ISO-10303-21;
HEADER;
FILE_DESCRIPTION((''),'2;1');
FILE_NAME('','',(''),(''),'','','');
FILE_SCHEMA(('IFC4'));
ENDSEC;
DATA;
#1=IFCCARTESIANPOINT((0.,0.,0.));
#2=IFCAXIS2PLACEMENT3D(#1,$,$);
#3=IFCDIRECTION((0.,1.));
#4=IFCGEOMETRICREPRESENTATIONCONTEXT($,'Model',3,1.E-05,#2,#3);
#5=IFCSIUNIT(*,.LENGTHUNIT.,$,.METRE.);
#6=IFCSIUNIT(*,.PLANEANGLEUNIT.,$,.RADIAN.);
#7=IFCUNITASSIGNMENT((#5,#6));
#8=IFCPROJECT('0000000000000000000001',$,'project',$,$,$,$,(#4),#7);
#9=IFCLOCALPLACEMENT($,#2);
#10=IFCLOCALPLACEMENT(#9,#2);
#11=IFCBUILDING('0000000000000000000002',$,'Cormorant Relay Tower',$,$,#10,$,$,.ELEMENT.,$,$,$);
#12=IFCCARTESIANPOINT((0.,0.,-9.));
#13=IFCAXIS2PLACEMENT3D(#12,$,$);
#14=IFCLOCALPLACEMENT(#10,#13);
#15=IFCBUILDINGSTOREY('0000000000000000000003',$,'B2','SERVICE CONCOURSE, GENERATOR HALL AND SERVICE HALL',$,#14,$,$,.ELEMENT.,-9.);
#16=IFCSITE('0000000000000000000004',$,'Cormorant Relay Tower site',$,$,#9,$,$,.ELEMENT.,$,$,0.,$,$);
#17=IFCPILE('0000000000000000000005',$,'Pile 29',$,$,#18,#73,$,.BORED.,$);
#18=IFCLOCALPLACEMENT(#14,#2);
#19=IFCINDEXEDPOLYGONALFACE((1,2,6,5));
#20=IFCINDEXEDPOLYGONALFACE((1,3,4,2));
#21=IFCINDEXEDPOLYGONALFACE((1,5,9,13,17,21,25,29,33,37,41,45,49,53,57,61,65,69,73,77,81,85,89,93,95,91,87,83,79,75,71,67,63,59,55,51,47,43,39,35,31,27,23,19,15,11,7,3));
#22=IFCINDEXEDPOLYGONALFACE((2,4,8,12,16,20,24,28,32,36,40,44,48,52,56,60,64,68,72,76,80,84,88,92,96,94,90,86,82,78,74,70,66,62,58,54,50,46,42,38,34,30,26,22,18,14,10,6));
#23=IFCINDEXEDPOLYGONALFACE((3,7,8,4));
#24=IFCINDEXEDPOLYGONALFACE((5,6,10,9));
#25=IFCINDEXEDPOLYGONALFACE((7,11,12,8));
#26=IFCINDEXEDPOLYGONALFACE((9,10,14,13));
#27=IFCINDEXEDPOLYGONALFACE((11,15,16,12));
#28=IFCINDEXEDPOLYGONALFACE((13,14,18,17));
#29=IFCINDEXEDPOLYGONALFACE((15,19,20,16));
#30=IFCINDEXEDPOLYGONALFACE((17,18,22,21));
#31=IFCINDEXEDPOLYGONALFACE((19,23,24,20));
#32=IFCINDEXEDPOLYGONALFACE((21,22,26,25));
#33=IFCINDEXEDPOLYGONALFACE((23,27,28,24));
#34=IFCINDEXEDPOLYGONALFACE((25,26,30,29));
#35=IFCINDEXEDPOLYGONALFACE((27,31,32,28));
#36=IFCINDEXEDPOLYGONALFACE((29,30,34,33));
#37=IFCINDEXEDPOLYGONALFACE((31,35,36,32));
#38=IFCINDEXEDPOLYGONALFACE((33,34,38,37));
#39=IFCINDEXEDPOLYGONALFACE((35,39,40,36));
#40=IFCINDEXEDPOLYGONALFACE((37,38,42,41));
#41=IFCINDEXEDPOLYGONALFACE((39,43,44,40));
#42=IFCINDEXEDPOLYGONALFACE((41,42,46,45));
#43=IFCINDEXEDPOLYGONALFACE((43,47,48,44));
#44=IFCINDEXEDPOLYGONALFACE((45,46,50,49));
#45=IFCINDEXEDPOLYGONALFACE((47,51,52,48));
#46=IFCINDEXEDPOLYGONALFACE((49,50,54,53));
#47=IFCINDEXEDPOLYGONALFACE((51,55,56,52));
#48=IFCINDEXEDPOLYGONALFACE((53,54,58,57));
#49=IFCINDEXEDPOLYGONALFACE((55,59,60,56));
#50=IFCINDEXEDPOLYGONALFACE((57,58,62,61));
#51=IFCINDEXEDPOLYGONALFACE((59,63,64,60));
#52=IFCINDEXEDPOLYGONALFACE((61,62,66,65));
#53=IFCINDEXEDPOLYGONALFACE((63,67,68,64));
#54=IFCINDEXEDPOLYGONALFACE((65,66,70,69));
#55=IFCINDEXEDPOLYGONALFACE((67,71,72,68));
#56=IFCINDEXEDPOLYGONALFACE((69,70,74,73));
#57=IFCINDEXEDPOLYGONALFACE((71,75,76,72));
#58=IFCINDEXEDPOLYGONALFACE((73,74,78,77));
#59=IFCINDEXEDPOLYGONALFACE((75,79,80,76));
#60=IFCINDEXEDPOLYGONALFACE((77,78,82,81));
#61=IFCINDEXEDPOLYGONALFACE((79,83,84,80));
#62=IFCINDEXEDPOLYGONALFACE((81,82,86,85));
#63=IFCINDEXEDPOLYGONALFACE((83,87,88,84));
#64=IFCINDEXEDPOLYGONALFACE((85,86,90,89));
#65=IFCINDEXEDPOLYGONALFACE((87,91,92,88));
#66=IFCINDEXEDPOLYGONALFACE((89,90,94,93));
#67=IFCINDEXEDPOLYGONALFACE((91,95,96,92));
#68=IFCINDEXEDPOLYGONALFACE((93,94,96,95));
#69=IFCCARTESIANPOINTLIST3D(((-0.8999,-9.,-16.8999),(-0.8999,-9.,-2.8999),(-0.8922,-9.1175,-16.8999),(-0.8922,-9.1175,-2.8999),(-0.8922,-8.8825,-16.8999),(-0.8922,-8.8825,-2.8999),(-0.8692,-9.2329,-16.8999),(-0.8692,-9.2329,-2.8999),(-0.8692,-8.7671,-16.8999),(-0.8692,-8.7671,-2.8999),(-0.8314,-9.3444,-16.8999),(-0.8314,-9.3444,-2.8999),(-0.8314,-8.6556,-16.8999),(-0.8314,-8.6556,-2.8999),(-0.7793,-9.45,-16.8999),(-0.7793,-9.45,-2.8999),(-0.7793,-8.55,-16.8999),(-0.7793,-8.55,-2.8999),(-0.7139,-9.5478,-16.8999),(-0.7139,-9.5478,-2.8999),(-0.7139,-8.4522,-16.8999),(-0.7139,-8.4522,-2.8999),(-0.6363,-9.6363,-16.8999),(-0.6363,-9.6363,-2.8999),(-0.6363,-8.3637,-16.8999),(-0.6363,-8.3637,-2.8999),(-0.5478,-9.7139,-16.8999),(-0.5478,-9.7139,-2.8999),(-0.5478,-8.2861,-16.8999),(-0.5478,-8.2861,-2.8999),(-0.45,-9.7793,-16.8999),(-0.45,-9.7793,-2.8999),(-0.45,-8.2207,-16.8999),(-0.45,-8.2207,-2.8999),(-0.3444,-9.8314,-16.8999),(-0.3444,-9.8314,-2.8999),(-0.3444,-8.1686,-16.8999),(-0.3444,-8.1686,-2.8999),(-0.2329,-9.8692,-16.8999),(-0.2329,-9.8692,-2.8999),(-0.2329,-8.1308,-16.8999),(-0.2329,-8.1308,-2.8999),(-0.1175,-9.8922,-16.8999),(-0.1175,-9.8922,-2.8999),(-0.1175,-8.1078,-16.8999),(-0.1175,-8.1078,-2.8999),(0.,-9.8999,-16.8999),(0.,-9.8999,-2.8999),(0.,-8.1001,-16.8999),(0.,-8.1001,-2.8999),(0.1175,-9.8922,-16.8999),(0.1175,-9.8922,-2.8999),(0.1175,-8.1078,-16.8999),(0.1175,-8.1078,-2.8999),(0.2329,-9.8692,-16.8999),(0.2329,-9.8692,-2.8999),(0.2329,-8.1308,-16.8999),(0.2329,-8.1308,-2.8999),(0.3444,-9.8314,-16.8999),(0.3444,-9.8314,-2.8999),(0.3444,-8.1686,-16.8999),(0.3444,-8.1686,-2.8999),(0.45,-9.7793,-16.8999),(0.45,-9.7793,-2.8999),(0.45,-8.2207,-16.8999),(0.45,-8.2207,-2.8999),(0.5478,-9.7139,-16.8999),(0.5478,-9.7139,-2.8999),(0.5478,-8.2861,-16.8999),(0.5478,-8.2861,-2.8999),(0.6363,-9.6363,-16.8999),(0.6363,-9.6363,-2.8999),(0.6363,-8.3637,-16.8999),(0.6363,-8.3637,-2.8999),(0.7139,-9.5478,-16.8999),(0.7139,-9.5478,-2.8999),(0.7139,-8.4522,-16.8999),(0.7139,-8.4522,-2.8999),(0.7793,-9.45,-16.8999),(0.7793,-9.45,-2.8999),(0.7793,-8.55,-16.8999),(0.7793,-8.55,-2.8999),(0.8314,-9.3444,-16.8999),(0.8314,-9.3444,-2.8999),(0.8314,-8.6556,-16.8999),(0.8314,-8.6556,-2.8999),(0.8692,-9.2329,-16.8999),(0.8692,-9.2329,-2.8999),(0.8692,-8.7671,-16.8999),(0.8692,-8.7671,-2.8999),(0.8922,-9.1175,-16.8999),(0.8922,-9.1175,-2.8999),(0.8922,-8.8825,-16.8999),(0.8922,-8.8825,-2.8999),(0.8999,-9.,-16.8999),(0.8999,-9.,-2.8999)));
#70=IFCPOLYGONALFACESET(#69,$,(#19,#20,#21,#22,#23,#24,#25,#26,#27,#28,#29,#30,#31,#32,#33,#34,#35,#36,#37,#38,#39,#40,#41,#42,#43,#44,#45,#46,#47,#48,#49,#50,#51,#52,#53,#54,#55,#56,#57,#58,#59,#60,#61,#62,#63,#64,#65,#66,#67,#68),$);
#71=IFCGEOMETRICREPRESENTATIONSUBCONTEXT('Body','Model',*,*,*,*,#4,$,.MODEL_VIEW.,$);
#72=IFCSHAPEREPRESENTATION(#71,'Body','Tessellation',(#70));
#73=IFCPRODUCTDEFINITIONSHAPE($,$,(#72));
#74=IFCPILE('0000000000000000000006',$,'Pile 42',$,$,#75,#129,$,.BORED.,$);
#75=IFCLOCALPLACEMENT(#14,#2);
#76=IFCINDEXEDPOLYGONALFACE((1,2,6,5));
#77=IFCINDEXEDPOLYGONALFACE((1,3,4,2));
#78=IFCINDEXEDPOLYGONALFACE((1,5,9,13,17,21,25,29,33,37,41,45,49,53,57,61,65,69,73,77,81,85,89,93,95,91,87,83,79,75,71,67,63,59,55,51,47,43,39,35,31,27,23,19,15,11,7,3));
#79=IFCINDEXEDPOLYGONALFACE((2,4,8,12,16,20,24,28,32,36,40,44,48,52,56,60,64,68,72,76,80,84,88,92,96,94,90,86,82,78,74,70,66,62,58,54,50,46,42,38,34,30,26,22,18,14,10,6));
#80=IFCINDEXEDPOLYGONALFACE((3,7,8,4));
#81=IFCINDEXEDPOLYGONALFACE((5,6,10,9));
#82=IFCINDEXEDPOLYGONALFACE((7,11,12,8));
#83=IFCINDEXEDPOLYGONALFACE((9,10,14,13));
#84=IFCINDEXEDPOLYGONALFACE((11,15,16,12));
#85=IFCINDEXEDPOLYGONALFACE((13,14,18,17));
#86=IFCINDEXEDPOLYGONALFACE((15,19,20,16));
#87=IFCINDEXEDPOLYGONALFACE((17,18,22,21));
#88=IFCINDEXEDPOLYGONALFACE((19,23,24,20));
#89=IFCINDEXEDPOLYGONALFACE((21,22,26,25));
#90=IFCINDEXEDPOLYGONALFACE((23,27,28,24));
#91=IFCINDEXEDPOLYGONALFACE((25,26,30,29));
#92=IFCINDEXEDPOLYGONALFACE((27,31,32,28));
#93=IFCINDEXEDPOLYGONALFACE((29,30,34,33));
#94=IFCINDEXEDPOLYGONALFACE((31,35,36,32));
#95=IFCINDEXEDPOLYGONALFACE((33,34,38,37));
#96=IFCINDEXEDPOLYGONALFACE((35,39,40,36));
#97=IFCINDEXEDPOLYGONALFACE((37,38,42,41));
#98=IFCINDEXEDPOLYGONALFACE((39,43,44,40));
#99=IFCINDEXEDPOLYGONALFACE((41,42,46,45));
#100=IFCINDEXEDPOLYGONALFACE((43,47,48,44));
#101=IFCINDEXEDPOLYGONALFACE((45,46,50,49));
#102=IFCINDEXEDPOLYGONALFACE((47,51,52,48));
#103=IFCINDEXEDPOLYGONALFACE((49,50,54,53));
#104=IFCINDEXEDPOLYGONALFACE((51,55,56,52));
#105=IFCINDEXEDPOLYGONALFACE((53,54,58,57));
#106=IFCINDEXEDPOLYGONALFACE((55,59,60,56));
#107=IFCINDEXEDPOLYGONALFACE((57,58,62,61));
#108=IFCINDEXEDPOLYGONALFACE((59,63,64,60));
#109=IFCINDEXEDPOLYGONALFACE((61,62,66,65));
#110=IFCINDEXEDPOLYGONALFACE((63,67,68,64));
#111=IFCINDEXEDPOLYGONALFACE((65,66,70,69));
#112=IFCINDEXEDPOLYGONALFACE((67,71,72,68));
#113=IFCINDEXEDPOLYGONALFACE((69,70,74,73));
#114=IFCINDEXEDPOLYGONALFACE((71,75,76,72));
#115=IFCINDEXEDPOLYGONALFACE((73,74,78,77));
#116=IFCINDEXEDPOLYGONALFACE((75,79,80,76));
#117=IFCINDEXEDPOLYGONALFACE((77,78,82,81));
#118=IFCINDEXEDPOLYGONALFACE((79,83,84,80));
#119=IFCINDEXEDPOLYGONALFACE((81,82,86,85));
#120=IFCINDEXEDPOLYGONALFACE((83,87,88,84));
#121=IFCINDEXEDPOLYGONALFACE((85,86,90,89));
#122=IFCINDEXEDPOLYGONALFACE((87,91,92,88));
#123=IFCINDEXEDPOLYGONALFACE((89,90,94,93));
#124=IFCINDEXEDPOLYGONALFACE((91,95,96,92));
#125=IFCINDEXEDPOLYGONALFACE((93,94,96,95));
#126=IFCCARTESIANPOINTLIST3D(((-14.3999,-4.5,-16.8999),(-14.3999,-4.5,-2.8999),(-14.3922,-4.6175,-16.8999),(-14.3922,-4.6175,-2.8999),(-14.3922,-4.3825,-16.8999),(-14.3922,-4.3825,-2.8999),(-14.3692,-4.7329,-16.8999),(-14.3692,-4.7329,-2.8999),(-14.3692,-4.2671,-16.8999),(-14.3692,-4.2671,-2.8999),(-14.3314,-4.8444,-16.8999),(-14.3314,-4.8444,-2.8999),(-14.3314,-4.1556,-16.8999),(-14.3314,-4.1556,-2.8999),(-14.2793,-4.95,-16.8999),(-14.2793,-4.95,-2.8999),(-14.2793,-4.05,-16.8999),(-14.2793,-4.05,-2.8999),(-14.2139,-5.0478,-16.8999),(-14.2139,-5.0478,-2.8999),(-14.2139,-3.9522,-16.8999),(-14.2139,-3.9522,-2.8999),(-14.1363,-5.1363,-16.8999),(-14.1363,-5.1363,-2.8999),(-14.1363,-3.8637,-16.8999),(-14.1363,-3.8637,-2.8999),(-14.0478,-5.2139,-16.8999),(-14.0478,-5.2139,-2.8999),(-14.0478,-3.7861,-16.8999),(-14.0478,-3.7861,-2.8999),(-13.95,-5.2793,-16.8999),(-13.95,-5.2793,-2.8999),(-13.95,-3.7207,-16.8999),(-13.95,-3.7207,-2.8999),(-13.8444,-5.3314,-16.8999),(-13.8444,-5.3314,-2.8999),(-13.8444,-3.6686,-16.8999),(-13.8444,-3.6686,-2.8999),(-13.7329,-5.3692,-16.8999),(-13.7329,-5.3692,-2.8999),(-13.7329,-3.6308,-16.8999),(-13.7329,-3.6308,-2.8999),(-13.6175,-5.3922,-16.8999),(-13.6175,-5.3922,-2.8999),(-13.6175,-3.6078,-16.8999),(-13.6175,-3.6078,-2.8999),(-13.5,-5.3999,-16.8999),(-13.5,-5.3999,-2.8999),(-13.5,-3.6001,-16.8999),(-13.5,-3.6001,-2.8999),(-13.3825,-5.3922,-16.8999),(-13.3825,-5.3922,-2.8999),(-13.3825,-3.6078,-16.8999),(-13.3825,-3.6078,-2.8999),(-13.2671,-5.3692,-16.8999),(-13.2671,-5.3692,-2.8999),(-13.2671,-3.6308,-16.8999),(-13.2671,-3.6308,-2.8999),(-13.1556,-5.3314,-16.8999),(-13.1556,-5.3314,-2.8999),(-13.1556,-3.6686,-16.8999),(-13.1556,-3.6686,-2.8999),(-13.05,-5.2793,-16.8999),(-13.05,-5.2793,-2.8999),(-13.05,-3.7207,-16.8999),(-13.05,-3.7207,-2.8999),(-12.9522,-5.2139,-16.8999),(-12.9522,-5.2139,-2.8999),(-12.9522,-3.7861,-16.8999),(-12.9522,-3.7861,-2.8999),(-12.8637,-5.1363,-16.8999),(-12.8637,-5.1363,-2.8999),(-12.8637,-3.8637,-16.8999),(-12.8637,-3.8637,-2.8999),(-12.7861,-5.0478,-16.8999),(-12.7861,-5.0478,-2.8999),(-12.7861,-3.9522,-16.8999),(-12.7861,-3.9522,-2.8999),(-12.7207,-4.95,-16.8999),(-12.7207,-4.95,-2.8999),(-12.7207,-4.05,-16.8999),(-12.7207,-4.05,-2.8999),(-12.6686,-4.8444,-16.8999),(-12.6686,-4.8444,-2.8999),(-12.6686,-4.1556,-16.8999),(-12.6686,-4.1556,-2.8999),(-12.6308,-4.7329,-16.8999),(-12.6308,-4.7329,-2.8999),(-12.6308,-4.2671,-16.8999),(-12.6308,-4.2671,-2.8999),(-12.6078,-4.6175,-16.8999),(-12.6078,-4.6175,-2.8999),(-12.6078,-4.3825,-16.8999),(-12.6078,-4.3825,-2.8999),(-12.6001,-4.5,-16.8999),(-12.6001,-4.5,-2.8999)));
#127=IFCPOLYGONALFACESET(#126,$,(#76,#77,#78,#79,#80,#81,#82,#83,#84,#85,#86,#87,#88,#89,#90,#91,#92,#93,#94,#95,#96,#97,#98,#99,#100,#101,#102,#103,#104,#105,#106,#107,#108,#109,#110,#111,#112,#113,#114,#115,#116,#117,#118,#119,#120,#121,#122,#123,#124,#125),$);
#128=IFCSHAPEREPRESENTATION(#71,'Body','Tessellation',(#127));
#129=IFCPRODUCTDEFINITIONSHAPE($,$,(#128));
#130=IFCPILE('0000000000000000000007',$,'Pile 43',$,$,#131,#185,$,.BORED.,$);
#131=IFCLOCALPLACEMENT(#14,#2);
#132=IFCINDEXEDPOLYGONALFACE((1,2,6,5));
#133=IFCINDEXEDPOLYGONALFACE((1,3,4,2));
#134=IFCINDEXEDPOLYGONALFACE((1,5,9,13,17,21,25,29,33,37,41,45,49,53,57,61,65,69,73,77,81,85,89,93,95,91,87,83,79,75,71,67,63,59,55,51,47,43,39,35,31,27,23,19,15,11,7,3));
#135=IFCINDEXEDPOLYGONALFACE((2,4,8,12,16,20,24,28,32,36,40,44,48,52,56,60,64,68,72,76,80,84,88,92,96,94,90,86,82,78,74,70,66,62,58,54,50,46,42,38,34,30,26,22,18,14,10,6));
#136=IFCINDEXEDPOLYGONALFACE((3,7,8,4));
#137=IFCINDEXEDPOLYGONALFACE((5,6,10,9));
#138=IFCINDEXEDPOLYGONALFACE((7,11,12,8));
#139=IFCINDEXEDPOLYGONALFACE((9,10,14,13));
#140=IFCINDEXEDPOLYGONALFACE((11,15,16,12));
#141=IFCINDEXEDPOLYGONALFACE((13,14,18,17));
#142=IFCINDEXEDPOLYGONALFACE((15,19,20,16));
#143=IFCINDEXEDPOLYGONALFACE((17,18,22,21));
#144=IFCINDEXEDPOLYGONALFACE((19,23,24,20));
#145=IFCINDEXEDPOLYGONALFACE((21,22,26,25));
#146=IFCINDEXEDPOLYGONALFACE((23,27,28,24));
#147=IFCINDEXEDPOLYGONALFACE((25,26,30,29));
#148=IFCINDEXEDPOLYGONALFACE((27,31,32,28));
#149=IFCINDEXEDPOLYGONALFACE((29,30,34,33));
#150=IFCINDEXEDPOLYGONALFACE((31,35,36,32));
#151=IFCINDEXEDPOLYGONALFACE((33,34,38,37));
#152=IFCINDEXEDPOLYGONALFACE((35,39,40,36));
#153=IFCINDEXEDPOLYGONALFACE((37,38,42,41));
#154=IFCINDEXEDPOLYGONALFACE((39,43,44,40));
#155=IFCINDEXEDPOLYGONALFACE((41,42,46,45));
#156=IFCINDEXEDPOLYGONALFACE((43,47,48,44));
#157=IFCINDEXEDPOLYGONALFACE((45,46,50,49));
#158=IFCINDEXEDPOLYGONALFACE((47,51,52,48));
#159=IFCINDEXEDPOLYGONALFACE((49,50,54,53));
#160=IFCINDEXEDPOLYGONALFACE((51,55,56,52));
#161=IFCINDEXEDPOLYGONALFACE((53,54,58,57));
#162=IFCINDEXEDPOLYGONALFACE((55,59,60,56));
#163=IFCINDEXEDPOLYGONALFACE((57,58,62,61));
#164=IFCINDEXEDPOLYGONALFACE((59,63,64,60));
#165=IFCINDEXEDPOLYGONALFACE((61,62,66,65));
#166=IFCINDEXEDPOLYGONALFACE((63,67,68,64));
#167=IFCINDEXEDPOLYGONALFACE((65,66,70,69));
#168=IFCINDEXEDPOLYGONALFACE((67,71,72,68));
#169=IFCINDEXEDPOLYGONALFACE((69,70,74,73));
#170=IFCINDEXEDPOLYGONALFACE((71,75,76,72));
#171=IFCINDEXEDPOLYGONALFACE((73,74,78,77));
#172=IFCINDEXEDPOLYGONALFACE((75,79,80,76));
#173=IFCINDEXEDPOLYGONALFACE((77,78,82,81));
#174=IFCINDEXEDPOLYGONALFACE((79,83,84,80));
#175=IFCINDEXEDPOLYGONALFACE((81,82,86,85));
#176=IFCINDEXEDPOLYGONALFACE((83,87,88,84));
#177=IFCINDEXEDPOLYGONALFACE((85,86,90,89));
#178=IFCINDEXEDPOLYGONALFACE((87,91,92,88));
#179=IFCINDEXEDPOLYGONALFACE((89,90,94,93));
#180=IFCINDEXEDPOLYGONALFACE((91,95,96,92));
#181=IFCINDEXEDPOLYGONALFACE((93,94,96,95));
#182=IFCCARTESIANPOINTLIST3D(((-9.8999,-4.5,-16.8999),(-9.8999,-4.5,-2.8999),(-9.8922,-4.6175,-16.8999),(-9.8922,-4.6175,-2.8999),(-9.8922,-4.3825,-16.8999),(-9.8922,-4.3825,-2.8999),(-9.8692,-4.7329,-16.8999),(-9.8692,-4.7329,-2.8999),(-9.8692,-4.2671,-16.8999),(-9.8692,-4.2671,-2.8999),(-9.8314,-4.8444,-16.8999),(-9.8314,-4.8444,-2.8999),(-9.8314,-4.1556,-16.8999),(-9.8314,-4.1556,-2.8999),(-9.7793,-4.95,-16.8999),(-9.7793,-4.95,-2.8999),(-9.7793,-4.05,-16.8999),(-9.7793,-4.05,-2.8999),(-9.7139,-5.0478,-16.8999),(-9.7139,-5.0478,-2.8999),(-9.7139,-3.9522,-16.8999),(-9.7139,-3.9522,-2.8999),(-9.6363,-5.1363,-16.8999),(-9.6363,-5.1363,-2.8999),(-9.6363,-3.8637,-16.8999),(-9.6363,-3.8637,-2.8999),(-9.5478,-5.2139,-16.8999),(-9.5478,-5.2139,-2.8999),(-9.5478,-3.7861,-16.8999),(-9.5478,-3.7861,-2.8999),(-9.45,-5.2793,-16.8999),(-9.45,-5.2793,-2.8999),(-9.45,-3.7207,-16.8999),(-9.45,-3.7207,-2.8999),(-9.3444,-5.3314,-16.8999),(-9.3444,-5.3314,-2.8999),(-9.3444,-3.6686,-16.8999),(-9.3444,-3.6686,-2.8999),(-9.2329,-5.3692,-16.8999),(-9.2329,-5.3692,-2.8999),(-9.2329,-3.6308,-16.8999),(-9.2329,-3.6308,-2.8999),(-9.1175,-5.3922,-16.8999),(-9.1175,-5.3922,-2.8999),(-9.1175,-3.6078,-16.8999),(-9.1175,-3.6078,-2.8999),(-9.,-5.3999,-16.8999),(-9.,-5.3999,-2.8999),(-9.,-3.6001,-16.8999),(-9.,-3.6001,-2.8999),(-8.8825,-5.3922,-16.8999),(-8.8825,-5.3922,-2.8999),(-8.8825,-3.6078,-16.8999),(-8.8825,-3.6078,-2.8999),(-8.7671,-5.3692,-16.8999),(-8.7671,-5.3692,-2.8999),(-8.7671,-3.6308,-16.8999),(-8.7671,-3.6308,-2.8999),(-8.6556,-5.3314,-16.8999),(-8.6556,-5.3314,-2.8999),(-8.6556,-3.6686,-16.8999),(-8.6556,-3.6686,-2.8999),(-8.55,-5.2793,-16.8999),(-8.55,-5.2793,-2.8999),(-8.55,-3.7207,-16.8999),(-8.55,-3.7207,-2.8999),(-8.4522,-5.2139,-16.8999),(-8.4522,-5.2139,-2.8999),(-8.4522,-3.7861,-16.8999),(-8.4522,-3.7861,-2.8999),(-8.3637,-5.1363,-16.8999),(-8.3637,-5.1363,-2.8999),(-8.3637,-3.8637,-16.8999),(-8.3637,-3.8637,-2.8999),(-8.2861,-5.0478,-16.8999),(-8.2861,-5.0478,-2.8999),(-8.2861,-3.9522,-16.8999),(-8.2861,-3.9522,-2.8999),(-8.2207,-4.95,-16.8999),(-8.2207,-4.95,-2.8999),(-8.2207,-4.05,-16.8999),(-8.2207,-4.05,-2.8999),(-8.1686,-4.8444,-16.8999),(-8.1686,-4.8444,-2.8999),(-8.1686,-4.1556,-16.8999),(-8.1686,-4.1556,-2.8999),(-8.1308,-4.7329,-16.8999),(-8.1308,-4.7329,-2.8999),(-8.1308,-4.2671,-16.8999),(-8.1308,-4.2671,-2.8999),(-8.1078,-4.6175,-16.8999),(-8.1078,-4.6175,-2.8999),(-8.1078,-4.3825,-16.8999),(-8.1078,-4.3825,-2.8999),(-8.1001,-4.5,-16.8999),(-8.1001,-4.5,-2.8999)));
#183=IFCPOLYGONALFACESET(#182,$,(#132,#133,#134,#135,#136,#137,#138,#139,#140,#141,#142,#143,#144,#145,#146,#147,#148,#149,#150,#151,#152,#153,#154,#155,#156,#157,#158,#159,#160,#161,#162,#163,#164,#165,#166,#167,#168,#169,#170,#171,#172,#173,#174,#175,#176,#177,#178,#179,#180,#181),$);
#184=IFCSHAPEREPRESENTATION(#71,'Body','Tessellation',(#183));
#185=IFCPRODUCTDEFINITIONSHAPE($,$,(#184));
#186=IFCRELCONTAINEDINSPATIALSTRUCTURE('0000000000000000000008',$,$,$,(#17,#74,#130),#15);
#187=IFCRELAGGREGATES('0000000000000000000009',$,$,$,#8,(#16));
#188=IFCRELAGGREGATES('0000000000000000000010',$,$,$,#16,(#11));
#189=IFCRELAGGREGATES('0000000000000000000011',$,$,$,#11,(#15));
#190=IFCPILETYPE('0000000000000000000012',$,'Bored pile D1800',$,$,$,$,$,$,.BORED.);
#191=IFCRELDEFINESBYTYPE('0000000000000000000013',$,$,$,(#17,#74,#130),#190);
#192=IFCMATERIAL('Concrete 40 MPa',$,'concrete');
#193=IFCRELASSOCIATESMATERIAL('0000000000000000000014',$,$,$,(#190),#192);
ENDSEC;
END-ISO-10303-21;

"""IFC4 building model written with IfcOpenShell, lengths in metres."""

from ifc_helpers import new_model, si_unit, direction, frame, origin, origin_2d, place, context, subcontext, project, spatial, circle, extrude, material, material_profile, profile_set, type_object, element, save


model = new_model("IFC4")

# Units and contexts
model_context = context("Model", 3, precision=1e-05, world=origin(), true_north=direction((0.0, 1.0)))
body_context = subcontext(model_context, "Body", "Model", "MODEL_VIEW")
ifc_project = project(units=[si_unit("LENGTHUNIT", "METRE"), si_unit("PLANEANGLEUNIT", "RADIAN")], contexts=[model_context])

# Site, building, storey
site_placement = place(None, origin())
site = spatial("IfcSite", under=ifc_project, at=site_placement, Name="Cormorant Relay Tower site", CompositionType="ELEMENT", RefElevation=0.0)
building_placement = place(site_placement, origin())
building = spatial("IfcBuilding", under=site, at=building_placement, Name="Cormorant Relay Tower", CompositionType="ELEMENT")
storey_placement = place(building_placement, frame((0.0, 0.0, -9.0)))
storey = spatial("IfcBuildingStorey", under=building, at=storey_placement, Name="B2", Description="SERVICE CONCOURSE, GENERATOR HALL AND SERVICE HALL", CompositionType="ELEMENT", Elevation=-9.0)

# Piles
ifc_material_1 = material(Name="Concrete 40 MPa", Category="concrete")
ifc_material_profile_1 = material_profile(ifc_material_1, circle(Radius=0.8999, at=origin_2d()), Name="BP1800")
ifc_profile_set_1 = profile_set([ifc_material_profile_1], Name="Concrete 40 MPa")
pile_type = type_object("IfcPileType", Name="Bored pile D1800", PredefinedType="BORED", material=ifc_profile_set_1)
for number, where, z_axis, x_axis, name in (
    (1, (0.0, -9.0, -2.8999), (0.0, 0.0, -1.0), (1.0, 0.0, 0.0), "Pile 29"),
    (2, (-13.5, -4.5, -2.8999), (0.0, 0.0, -1.0), (1.0, 0.0, 0.0), "Pile 42"),
    (3, (-9.0, -4.5, -2.8999), (0.0, 0.0, -1.0), (1.0, 0.0, 0.0), "Pile 43"),
):
    element("IfcPile", number, at=place(storey_placement, frame(where, z_axis=z_axis, x_axis=x_axis)), inside=storey, type_object=pile_type, Name=name, PredefinedType="BORED", context=body_context, shape_type="SweptSolid", body=[
        extrude(circle(Radius=0.8999, at=origin_2d()), origin(), (0.0, 0.0, 1.0), 14.0),
    ])

save(model, "model.ifc")
